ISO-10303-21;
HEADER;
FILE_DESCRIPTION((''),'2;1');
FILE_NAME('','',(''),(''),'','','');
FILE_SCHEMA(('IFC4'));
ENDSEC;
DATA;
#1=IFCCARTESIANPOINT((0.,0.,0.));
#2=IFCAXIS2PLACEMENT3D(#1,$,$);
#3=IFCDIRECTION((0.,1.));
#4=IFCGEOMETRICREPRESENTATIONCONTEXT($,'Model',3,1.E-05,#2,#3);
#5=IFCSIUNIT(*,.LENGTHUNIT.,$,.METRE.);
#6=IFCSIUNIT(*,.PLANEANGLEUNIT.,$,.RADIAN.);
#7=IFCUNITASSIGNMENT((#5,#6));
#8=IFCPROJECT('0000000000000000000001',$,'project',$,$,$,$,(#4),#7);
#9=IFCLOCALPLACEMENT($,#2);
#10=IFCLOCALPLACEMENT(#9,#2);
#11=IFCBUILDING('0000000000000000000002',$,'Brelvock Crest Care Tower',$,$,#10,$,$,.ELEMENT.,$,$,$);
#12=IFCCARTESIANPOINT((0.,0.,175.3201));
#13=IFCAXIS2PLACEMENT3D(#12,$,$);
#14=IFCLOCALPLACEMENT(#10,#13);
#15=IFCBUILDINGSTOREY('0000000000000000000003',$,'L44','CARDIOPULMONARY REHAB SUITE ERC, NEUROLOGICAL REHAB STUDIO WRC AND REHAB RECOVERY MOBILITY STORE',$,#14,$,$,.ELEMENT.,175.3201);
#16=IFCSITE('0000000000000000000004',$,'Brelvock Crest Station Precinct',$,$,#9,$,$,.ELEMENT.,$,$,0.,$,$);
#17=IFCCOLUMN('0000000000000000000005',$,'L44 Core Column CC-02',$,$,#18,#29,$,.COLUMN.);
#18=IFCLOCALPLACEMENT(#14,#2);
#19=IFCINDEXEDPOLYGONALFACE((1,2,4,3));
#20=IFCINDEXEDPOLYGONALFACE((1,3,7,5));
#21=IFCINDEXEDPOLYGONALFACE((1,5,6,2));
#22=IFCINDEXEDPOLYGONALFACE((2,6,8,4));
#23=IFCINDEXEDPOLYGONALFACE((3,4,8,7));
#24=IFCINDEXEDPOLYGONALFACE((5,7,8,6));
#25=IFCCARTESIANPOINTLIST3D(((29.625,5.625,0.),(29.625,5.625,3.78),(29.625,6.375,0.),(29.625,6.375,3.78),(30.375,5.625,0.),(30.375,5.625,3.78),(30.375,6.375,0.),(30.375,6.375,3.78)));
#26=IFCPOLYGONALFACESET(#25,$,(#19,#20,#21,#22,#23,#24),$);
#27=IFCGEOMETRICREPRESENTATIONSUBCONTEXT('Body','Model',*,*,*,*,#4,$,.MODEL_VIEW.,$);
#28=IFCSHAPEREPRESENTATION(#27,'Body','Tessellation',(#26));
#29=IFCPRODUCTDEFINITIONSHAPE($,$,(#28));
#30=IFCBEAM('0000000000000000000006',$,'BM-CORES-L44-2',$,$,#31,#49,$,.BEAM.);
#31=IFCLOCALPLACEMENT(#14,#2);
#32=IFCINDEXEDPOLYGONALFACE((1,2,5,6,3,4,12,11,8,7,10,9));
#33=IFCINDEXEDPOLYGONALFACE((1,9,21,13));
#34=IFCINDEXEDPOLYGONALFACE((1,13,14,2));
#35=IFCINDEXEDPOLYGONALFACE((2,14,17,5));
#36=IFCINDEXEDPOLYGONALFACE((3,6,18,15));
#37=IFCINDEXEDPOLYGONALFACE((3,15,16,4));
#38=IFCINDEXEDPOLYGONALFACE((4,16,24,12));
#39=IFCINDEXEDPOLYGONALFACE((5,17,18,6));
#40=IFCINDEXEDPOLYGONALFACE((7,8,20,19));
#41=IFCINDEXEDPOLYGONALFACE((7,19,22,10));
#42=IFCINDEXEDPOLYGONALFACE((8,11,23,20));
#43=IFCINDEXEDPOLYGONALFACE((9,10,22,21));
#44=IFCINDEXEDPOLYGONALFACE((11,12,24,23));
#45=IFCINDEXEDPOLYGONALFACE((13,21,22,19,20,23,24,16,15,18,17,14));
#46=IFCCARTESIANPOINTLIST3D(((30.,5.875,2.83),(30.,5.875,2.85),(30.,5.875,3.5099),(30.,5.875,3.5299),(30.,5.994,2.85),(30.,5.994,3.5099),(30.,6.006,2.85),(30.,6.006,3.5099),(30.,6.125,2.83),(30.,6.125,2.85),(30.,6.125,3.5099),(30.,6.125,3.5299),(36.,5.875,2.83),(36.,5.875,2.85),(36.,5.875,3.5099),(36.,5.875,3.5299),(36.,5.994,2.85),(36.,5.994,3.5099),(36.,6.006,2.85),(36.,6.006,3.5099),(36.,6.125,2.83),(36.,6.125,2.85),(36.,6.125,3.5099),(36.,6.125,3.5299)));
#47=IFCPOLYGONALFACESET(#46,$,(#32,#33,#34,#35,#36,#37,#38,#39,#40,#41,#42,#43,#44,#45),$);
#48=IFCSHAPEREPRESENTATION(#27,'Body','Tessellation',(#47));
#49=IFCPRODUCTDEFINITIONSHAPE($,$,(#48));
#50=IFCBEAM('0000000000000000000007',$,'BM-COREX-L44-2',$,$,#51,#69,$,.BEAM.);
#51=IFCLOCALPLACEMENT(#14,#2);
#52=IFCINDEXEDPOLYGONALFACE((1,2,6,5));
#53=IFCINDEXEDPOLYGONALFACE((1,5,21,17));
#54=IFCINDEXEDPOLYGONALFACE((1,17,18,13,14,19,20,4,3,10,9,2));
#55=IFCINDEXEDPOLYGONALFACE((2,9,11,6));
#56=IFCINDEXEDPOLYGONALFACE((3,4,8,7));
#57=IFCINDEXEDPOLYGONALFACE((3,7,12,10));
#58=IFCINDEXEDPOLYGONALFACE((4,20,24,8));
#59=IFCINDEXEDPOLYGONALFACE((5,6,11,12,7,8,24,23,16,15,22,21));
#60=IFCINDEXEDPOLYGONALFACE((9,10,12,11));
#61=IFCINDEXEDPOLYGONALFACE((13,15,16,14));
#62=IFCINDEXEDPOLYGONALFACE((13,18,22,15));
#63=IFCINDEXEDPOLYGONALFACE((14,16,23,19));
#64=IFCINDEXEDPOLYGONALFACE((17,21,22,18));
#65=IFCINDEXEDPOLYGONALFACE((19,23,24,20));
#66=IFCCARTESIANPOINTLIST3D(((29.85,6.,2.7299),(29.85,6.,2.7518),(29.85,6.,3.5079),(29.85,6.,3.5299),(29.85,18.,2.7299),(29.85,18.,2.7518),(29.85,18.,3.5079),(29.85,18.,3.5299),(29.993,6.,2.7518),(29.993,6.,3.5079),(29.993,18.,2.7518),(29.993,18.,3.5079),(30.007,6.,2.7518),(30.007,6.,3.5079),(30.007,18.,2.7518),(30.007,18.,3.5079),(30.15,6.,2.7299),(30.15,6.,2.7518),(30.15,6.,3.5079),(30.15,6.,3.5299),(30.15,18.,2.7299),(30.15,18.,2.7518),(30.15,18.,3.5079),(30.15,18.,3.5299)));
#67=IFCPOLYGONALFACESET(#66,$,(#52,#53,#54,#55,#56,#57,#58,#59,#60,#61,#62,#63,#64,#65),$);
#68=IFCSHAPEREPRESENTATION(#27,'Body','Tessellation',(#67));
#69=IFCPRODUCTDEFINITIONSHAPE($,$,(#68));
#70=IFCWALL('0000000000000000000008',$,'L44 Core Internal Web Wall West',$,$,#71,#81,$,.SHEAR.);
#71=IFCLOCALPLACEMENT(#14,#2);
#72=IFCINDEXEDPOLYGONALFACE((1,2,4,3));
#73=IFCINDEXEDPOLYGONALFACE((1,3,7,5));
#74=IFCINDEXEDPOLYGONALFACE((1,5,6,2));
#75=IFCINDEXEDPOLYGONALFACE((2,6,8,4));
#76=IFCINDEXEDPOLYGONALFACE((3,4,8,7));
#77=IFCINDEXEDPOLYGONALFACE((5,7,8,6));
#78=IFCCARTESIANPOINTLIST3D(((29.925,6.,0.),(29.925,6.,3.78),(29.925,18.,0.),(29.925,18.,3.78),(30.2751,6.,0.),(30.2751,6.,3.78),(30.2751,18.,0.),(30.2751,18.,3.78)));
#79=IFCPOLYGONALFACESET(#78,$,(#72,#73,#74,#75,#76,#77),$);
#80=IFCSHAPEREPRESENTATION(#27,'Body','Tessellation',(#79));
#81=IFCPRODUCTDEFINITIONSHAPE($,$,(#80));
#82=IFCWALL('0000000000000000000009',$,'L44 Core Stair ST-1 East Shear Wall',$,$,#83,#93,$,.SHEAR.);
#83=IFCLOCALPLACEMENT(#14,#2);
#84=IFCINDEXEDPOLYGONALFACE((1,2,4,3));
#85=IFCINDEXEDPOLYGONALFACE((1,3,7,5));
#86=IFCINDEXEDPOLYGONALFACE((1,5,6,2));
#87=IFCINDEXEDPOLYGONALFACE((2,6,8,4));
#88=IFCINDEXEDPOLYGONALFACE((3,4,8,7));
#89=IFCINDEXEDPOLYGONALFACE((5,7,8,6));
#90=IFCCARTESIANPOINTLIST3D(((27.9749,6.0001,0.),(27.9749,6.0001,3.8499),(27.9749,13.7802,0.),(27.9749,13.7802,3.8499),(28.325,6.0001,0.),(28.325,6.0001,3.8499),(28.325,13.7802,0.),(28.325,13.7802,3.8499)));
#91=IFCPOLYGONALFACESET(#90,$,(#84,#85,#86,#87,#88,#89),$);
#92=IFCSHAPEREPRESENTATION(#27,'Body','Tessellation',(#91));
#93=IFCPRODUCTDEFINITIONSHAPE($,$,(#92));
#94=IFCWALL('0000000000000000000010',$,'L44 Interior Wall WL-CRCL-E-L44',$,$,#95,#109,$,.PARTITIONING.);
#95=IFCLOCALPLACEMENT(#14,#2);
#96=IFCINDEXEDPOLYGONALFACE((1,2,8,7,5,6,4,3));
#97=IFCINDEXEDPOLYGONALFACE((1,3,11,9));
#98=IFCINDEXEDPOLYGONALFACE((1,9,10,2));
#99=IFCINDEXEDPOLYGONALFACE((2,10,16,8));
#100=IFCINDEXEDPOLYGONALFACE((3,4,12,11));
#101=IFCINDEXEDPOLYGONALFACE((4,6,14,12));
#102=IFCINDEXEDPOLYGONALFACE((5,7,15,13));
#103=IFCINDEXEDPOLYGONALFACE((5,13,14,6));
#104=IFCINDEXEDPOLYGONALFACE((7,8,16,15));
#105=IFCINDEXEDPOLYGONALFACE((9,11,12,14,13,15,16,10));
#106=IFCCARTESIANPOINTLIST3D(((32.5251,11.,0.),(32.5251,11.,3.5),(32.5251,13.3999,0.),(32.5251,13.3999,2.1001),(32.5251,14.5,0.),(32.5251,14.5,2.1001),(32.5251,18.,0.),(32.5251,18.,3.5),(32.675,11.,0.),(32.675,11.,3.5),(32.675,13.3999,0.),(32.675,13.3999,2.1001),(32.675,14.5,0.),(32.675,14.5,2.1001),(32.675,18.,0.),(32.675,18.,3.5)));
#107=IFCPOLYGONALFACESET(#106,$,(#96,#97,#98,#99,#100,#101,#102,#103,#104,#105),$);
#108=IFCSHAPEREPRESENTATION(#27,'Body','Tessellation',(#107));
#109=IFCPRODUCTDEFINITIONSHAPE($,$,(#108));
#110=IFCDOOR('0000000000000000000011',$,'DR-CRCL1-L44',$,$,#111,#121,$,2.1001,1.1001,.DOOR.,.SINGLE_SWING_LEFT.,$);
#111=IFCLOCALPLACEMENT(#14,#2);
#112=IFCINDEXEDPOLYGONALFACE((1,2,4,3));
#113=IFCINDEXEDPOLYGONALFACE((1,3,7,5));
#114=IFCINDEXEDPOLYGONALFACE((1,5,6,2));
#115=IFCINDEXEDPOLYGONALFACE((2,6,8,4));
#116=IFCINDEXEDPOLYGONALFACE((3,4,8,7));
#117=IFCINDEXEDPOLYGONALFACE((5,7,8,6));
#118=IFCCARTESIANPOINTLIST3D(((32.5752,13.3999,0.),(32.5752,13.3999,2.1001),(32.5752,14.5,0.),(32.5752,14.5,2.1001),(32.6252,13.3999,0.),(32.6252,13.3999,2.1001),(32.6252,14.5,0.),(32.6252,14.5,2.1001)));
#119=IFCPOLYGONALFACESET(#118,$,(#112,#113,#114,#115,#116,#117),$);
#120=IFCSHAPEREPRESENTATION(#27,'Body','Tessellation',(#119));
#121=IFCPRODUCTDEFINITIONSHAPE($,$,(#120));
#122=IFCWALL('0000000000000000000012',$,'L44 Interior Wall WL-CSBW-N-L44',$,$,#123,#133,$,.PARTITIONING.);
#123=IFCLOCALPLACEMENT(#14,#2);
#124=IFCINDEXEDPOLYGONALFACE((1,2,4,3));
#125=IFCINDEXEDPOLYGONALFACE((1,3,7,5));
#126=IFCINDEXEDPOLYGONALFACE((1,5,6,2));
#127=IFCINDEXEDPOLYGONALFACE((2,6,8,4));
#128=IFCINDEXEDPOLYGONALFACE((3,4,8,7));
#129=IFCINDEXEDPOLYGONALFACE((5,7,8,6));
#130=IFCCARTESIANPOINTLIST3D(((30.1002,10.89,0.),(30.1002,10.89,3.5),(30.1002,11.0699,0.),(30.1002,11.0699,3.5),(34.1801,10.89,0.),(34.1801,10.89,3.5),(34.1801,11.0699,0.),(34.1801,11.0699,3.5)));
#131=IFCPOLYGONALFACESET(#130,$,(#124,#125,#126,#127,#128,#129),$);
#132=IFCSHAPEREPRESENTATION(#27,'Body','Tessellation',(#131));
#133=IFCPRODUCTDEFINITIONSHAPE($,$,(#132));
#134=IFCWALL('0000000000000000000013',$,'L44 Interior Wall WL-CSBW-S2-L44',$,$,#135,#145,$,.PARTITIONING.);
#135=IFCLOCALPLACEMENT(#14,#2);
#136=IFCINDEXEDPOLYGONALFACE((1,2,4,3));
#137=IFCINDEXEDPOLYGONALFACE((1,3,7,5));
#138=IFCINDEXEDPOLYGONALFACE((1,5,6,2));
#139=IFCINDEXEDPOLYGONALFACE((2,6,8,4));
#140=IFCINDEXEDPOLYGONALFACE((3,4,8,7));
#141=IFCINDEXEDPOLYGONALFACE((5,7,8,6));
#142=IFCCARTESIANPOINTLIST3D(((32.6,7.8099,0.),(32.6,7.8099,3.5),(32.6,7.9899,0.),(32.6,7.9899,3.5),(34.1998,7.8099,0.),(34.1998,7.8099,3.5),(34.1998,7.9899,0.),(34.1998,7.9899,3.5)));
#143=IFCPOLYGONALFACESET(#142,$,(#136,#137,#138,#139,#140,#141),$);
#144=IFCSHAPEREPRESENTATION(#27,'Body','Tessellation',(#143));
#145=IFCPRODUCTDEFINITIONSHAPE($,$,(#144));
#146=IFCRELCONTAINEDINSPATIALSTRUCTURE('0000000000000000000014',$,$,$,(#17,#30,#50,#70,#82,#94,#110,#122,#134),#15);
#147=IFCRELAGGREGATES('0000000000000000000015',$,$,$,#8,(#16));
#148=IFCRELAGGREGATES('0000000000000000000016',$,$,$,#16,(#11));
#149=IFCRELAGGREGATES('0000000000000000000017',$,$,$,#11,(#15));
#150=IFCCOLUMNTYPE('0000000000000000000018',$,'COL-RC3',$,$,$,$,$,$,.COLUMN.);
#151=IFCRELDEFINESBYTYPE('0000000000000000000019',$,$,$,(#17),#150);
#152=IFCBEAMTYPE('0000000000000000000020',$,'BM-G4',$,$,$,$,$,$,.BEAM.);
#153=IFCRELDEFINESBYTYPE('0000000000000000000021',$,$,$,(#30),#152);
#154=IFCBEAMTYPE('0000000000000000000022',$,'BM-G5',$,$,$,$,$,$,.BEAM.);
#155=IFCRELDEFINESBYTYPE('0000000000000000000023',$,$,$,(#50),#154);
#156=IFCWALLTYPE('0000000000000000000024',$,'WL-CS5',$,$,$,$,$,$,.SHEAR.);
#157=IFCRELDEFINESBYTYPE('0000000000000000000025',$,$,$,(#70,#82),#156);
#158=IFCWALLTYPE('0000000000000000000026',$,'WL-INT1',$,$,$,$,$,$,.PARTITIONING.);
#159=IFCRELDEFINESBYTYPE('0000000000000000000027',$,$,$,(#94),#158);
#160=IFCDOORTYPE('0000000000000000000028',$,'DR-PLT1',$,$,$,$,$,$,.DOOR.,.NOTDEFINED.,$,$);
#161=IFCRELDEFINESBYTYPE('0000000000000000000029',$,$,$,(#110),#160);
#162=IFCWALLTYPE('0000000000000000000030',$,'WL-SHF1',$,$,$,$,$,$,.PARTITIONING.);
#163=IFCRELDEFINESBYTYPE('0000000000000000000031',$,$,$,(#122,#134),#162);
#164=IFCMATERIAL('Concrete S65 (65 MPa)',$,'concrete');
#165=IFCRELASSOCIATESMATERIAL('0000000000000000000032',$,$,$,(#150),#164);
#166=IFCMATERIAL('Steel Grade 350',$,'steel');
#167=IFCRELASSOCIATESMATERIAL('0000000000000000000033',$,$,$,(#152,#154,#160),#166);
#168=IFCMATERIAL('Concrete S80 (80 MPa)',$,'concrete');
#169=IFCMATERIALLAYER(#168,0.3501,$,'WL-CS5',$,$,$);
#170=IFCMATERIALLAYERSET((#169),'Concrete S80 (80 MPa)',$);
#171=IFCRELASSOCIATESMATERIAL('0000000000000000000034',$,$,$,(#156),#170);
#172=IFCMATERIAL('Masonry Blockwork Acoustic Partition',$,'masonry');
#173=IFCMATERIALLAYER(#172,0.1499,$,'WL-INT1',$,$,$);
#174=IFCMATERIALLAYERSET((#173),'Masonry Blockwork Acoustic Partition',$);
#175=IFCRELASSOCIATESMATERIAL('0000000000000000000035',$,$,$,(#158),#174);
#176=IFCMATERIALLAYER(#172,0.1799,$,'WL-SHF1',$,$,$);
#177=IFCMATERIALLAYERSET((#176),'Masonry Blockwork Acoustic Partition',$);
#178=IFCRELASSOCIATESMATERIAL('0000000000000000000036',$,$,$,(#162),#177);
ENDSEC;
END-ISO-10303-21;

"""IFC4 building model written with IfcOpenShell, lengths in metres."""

from ifc_helpers import new_model, si_unit, direction, frame, frame_2d, origin, origin_2d, place, context, subcontext, project, spatial, rectangle, i_section, extrude, source, transform, mapped, material, layer, layer_set, material_profile, profile_set, type_object, element, fill, save


model = new_model("IFC4")

# Units and contexts
model_context = context("Model", 3, precision=1e-05, world=origin(), true_north=direction((0.0, 1.0)))
body_context = subcontext(model_context, "Body", "Model", "MODEL_VIEW")
ifc_project = project(units=[si_unit("LENGTHUNIT", "METRE"), si_unit("PLANEANGLEUNIT", "RADIAN")], contexts=[model_context])

# Site, building, storey
site_placement = place(None, origin())
site = spatial("IfcSite", under=ifc_project, at=site_placement, Name="Brelvock Crest Station Precinct", CompositionType="ELEMENT", RefElevation=0.0)
building_placement = place(site_placement, origin())
building = spatial("IfcBuilding", under=site, at=building_placement, Name="Brelvock Crest Care Tower", CompositionType="ELEMENT")
storey_placement = place(building_placement, frame((0.0, 0.0, 175.3201)))
storey = spatial("IfcBuildingStorey", under=building, at=storey_placement, Name="L44", Description="CARDIOPULMONARY REHAB SUITE ERC, NEUROLOGICAL REHAB STUDIO WRC AND REHAB RECOVERY MOBILITY STORE", CompositionType="ELEMENT", Elevation=175.3201)

# Column
ifc_material_1 = material(Name="Concrete S65 (65 MPa)", Category="concrete")
ifc_material_profile_1 = material_profile(ifc_material_1, rectangle(XDim=0.75, YDim=0.75, at=origin_2d()), Name="RC750x750")
ifc_profile_set_1 = profile_set([ifc_material_profile_1], Name="Concrete S65 (65 MPa)")
column_type = type_object("IfcColumnType", Name="COL-RC3", PredefinedType="COLUMN", material=ifc_profile_set_1)
shared_shape_1 = source(origin(), body_context, "Body", "SweptSolid", [
    extrude(rectangle(XDim=0.75, YDim=0.75, at=origin_2d()), origin(), (0.0, 0.0, 1.0), 3.78),
])
column_placement = place(storey_placement, frame((30.0, 6.0, 0.0), z_axis=(0.0, 0.0, 1.0), x_axis=(1.0, 0.0, 0.0)))
element("IfcColumn", 1, at=column_placement, inside=storey, type_object=column_type, Name="L44 Core Column CC-02", PredefinedType="COLUMN", context=body_context, shape_type="MappedRepresentation", body=[
    mapped(shared_shape_1, transform((0.0, 0.0, 0.0), x_axis=(1.0, 0.0, 0.0), y_axis=(0.0, 1.0, 0.0), z_axis=(0.0, 0.0, 1.0), scale=1.0)),
])

# Beams
ifc_material_2 = material(Name="Steel Grade 350", Category="steel")
ifc_material_profile_2 = material_profile(ifc_material_2, i_section(OverallWidth=0.25, OverallDepth=0.7, WebThickness=0.012, FlangeThickness=0.02, at=origin_2d()), Name="700WB150")
ifc_profile_set_2 = profile_set([ifc_material_profile_2], Name="Steel Grade 350")
beam_type_1 = type_object("IfcBeamType", Name="BM-G4", PredefinedType="BEAM", material=ifc_profile_set_2)
shared_shape_2 = source(origin(), body_context, "Body", "SweptSolid", [
    extrude(i_section(OverallWidth=0.25, OverallDepth=0.7, WebThickness=0.012, FlangeThickness=0.02, at=origin_2d()), origin(), (0.0, 0.0, 1.0), 6.0),
])
beam_1_placement = place(storey_placement, frame((30.0, 6.0, 3.1799), z_axis=(1.0, 0.0, 0.0), x_axis=(0.0, 1.0, 0.0)))
element("IfcBeam", 2, at=beam_1_placement, inside=storey, type_object=beam_type_1, Name="BM-CORES-L44-2", PredefinedType="BEAM", context=body_context, shape_type="MappedRepresentation", body=[
    mapped(shared_shape_2, transform((0.0, 0.0, 0.0), x_axis=(1.0, 0.0, 0.0), y_axis=(0.0, 1.0, 0.0), z_axis=(0.0, 0.0, 1.0), scale=1.0)),
])
ifc_material_profile_3 = material_profile(ifc_material_2, i_section(OverallWidth=0.3, OverallDepth=0.8, WebThickness=0.0139, FlangeThickness=0.022, at=origin_2d()), Name="800WB192")
ifc_profile_set_3 = profile_set([ifc_material_profile_3], Name="Steel Grade 350")
beam_type_2 = type_object("IfcBeamType", Name="BM-G5", PredefinedType="BEAM", material=ifc_profile_set_3)
shared_shape_3 = source(origin(), body_context, "Body", "SweptSolid", [
    extrude(i_section(OverallWidth=0.3, OverallDepth=0.8, WebThickness=0.0139, FlangeThickness=0.022, at=origin_2d()), origin(), (0.0, 0.0, 1.0), 12.0),
])
beam_2_placement = place(storey_placement, frame((30.0, 6.0, 3.1299), z_axis=(0.0, 1.0, 0.0), x_axis=(-1.0, 0.0, 0.0)))
element("IfcBeam", 3, at=beam_2_placement, inside=storey, type_object=beam_type_2, Name="BM-COREX-L44-2", PredefinedType="BEAM", context=body_context, shape_type="MappedRepresentation", body=[
    mapped(shared_shape_3, transform((0.0, 0.0, 0.0), x_axis=(1.0, 0.0, 0.0), y_axis=(0.0, 1.0, 0.0), z_axis=(0.0, 0.0, 1.0), scale=1.0)),
])

# Walls
ifc_material_3 = material(Name="Concrete S80 (80 MPa)", Category="concrete")
ifc_layer_1 = layer(ifc_material_3, 0.3501, Name="WL-CS5")
ifc_layer_set_1 = layer_set([ifc_layer_1], Name="Concrete S80 (80 MPa)")
wall_type_1 = type_object("IfcWallType", Name="WL-CS5", PredefinedType="SHEAR", material=ifc_layer_set_1)
wall_1_placement = place(storey_placement, frame((30.1001, 6.0, 0.0), z_axis=(0.0, 0.0, 1.0), x_axis=(0.0, 1.0, 0.0)))
element("IfcWall", 4, at=wall_1_placement, inside=storey, type_object=wall_type_1, Name="L44 Core Internal Web Wall West", PredefinedType="SHEAR", context=body_context, shape_type="SweptSolid", body=[
    extrude(rectangle(XDim=12.0, YDim=0.3501, at=frame_2d((6.0, 0.0))), origin(), (0.0, 0.0, 1.0), 3.78),
])
wall_2_placement = place(storey_placement, frame((28.1499, 6.0, 0.0), z_axis=(0.0, 0.0, 1.0), x_axis=(0.0, 1.0, 0.0)))
element("IfcWall", 5, at=wall_2_placement, inside=storey, type_object=wall_type_1, Name="L44 Core Stair ST-1 East Shear Wall", PredefinedType="SHEAR", context=body_context, shape_type="SweptSolid", body=[
    extrude(rectangle(XDim=7.78, YDim=0.3501, at=frame_2d((3.8901, 0.0))), origin(), (0.0, 0.0, 1.0), 3.8499),
])

# Wall, opening, door
ifc_material_4 = material(Name="Masonry Blockwork Acoustic Partition", Category="masonry")
ifc_layer_2 = layer(ifc_material_4, 0.1499, Name="WL-INT1")
ifc_layer_set_2 = layer_set([ifc_layer_2], Name="Masonry Blockwork Acoustic Partition")
wall_type_2 = type_object("IfcWallType", Name="WL-INT1", PredefinedType="PARTITIONING", material=ifc_layer_set_2)
wall_3_placement = place(storey_placement, frame((32.6001, 11.0, 0.0), z_axis=(0.0, 0.0, 1.0), x_axis=(0.0, 1.0, 0.0)))
wall_3 = element("IfcWall", 6, at=wall_3_placement, inside=storey, type_object=wall_type_2, Name="L44 Interior Wall WL-CRCL-E-L44", PredefinedType="PARTITIONING", context=body_context, shape_type="SweptSolid", body=[
    extrude(rectangle(XDim=7.0, YDim=0.1499, at=frame_2d((3.5, 0.0))), origin(), (0.0, 0.0, 1.0), 3.5),
])
opening_1_placement = place(wall_3_placement, frame((2.3999, 0.0, 0.0)))
opening_1 = element("IfcOpeningElement", 7, at=opening_1_placement, cuts=wall_3, PredefinedType="OPENING", context=body_context, shape_type="SweptSolid", body=[
    extrude(rectangle(XDim=1.1001, YDim=2.1001, at=origin_2d()), frame((0.55, 0.085, 1.05), z_axis=(0.0, -1.0, 0.0), x_axis=(1.0, 0.0, 0.0)), (0.0, 0.0, 1.0), 0.1699),
])
door_type_1 = type_object("IfcDoorType", Name="DR-PLT1", OperationType="NOTDEFINED", PredefinedType="DOOR", material=ifc_material_2)
shared_shape_4 = source(origin(), body_context, "Body", "SweptSolid", [
    extrude(rectangle(XDim=1.1001, YDim=2.1001, at=origin_2d()), frame((0.55, 0.0249, 1.05), z_axis=(0.0, -1.0, 0.0), x_axis=(1.0, 0.0, 0.0)), (0.0, 0.0, 1.0), 0.05),
])
door_1_placement = place(opening_1_placement, origin())
door_1 = element("IfcDoor", 8, at=door_1_placement, inside=storey, type_object=door_type_1, Name="DR-CRCL1-L44", OperationType="SINGLE_SWING_LEFT", OverallHeight=2.1001, OverallWidth=1.1001, PredefinedType="DOOR", context=body_context, shape_type="MappedRepresentation", body=[
    mapped(shared_shape_4, transform((0.0, 0.0, 0.0), x_axis=(1.0, 0.0, 0.0), y_axis=(0.0, 1.0, 0.0), z_axis=(0.0, 0.0, 1.0), scale=1.0)),
])
fill(opening_1, door_1)

# Walls
ifc_layer_3 = layer(ifc_material_4, 0.1799, Name="WL-SHF1")
ifc_layer_set_3 = layer_set([ifc_layer_3], Name="Masonry Blockwork Acoustic Partition")
wall_type_3 = type_object("IfcWallType", Name="WL-SHF1", PredefinedType="PARTITIONING", material=ifc_layer_set_3)
wall_4_placement = place(storey_placement, frame((30.1001, 10.98, 0.0), z_axis=(0.0, 0.0, 1.0), x_axis=(1.0, 0.0, 0.0)))
element("IfcWall", 9, at=wall_4_placement, inside=storey, type_object=wall_type_3, Name="L44 Interior Wall WL-CSBW-N-L44", PredefinedType="PARTITIONING", context=body_context, shape_type="SweptSolid", body=[
    extrude(rectangle(XDim=4.0798, YDim=0.1799, at=frame_2d((2.04, 0.0))), origin(), (0.0, 0.0, 1.0), 3.5),
])
wall_5_placement = place(storey_placement, frame((32.6001, 7.8999, 0.0), z_axis=(0.0, 0.0, 1.0), x_axis=(1.0, 0.0, 0.0)))
element("IfcWall", 10, at=wall_5_placement, inside=storey, type_object=wall_type_3, Name="L44 Interior Wall WL-CSBW-S2-L44", PredefinedType="PARTITIONING", context=body_context, shape_type="SweptSolid", body=[
    extrude(rectangle(XDim=1.5999, YDim=0.1799, at=frame_2d((0.7998, 0.0))), origin(), (0.0, 0.0, 1.0), 3.5),
])

save(model, "model.ifc")
